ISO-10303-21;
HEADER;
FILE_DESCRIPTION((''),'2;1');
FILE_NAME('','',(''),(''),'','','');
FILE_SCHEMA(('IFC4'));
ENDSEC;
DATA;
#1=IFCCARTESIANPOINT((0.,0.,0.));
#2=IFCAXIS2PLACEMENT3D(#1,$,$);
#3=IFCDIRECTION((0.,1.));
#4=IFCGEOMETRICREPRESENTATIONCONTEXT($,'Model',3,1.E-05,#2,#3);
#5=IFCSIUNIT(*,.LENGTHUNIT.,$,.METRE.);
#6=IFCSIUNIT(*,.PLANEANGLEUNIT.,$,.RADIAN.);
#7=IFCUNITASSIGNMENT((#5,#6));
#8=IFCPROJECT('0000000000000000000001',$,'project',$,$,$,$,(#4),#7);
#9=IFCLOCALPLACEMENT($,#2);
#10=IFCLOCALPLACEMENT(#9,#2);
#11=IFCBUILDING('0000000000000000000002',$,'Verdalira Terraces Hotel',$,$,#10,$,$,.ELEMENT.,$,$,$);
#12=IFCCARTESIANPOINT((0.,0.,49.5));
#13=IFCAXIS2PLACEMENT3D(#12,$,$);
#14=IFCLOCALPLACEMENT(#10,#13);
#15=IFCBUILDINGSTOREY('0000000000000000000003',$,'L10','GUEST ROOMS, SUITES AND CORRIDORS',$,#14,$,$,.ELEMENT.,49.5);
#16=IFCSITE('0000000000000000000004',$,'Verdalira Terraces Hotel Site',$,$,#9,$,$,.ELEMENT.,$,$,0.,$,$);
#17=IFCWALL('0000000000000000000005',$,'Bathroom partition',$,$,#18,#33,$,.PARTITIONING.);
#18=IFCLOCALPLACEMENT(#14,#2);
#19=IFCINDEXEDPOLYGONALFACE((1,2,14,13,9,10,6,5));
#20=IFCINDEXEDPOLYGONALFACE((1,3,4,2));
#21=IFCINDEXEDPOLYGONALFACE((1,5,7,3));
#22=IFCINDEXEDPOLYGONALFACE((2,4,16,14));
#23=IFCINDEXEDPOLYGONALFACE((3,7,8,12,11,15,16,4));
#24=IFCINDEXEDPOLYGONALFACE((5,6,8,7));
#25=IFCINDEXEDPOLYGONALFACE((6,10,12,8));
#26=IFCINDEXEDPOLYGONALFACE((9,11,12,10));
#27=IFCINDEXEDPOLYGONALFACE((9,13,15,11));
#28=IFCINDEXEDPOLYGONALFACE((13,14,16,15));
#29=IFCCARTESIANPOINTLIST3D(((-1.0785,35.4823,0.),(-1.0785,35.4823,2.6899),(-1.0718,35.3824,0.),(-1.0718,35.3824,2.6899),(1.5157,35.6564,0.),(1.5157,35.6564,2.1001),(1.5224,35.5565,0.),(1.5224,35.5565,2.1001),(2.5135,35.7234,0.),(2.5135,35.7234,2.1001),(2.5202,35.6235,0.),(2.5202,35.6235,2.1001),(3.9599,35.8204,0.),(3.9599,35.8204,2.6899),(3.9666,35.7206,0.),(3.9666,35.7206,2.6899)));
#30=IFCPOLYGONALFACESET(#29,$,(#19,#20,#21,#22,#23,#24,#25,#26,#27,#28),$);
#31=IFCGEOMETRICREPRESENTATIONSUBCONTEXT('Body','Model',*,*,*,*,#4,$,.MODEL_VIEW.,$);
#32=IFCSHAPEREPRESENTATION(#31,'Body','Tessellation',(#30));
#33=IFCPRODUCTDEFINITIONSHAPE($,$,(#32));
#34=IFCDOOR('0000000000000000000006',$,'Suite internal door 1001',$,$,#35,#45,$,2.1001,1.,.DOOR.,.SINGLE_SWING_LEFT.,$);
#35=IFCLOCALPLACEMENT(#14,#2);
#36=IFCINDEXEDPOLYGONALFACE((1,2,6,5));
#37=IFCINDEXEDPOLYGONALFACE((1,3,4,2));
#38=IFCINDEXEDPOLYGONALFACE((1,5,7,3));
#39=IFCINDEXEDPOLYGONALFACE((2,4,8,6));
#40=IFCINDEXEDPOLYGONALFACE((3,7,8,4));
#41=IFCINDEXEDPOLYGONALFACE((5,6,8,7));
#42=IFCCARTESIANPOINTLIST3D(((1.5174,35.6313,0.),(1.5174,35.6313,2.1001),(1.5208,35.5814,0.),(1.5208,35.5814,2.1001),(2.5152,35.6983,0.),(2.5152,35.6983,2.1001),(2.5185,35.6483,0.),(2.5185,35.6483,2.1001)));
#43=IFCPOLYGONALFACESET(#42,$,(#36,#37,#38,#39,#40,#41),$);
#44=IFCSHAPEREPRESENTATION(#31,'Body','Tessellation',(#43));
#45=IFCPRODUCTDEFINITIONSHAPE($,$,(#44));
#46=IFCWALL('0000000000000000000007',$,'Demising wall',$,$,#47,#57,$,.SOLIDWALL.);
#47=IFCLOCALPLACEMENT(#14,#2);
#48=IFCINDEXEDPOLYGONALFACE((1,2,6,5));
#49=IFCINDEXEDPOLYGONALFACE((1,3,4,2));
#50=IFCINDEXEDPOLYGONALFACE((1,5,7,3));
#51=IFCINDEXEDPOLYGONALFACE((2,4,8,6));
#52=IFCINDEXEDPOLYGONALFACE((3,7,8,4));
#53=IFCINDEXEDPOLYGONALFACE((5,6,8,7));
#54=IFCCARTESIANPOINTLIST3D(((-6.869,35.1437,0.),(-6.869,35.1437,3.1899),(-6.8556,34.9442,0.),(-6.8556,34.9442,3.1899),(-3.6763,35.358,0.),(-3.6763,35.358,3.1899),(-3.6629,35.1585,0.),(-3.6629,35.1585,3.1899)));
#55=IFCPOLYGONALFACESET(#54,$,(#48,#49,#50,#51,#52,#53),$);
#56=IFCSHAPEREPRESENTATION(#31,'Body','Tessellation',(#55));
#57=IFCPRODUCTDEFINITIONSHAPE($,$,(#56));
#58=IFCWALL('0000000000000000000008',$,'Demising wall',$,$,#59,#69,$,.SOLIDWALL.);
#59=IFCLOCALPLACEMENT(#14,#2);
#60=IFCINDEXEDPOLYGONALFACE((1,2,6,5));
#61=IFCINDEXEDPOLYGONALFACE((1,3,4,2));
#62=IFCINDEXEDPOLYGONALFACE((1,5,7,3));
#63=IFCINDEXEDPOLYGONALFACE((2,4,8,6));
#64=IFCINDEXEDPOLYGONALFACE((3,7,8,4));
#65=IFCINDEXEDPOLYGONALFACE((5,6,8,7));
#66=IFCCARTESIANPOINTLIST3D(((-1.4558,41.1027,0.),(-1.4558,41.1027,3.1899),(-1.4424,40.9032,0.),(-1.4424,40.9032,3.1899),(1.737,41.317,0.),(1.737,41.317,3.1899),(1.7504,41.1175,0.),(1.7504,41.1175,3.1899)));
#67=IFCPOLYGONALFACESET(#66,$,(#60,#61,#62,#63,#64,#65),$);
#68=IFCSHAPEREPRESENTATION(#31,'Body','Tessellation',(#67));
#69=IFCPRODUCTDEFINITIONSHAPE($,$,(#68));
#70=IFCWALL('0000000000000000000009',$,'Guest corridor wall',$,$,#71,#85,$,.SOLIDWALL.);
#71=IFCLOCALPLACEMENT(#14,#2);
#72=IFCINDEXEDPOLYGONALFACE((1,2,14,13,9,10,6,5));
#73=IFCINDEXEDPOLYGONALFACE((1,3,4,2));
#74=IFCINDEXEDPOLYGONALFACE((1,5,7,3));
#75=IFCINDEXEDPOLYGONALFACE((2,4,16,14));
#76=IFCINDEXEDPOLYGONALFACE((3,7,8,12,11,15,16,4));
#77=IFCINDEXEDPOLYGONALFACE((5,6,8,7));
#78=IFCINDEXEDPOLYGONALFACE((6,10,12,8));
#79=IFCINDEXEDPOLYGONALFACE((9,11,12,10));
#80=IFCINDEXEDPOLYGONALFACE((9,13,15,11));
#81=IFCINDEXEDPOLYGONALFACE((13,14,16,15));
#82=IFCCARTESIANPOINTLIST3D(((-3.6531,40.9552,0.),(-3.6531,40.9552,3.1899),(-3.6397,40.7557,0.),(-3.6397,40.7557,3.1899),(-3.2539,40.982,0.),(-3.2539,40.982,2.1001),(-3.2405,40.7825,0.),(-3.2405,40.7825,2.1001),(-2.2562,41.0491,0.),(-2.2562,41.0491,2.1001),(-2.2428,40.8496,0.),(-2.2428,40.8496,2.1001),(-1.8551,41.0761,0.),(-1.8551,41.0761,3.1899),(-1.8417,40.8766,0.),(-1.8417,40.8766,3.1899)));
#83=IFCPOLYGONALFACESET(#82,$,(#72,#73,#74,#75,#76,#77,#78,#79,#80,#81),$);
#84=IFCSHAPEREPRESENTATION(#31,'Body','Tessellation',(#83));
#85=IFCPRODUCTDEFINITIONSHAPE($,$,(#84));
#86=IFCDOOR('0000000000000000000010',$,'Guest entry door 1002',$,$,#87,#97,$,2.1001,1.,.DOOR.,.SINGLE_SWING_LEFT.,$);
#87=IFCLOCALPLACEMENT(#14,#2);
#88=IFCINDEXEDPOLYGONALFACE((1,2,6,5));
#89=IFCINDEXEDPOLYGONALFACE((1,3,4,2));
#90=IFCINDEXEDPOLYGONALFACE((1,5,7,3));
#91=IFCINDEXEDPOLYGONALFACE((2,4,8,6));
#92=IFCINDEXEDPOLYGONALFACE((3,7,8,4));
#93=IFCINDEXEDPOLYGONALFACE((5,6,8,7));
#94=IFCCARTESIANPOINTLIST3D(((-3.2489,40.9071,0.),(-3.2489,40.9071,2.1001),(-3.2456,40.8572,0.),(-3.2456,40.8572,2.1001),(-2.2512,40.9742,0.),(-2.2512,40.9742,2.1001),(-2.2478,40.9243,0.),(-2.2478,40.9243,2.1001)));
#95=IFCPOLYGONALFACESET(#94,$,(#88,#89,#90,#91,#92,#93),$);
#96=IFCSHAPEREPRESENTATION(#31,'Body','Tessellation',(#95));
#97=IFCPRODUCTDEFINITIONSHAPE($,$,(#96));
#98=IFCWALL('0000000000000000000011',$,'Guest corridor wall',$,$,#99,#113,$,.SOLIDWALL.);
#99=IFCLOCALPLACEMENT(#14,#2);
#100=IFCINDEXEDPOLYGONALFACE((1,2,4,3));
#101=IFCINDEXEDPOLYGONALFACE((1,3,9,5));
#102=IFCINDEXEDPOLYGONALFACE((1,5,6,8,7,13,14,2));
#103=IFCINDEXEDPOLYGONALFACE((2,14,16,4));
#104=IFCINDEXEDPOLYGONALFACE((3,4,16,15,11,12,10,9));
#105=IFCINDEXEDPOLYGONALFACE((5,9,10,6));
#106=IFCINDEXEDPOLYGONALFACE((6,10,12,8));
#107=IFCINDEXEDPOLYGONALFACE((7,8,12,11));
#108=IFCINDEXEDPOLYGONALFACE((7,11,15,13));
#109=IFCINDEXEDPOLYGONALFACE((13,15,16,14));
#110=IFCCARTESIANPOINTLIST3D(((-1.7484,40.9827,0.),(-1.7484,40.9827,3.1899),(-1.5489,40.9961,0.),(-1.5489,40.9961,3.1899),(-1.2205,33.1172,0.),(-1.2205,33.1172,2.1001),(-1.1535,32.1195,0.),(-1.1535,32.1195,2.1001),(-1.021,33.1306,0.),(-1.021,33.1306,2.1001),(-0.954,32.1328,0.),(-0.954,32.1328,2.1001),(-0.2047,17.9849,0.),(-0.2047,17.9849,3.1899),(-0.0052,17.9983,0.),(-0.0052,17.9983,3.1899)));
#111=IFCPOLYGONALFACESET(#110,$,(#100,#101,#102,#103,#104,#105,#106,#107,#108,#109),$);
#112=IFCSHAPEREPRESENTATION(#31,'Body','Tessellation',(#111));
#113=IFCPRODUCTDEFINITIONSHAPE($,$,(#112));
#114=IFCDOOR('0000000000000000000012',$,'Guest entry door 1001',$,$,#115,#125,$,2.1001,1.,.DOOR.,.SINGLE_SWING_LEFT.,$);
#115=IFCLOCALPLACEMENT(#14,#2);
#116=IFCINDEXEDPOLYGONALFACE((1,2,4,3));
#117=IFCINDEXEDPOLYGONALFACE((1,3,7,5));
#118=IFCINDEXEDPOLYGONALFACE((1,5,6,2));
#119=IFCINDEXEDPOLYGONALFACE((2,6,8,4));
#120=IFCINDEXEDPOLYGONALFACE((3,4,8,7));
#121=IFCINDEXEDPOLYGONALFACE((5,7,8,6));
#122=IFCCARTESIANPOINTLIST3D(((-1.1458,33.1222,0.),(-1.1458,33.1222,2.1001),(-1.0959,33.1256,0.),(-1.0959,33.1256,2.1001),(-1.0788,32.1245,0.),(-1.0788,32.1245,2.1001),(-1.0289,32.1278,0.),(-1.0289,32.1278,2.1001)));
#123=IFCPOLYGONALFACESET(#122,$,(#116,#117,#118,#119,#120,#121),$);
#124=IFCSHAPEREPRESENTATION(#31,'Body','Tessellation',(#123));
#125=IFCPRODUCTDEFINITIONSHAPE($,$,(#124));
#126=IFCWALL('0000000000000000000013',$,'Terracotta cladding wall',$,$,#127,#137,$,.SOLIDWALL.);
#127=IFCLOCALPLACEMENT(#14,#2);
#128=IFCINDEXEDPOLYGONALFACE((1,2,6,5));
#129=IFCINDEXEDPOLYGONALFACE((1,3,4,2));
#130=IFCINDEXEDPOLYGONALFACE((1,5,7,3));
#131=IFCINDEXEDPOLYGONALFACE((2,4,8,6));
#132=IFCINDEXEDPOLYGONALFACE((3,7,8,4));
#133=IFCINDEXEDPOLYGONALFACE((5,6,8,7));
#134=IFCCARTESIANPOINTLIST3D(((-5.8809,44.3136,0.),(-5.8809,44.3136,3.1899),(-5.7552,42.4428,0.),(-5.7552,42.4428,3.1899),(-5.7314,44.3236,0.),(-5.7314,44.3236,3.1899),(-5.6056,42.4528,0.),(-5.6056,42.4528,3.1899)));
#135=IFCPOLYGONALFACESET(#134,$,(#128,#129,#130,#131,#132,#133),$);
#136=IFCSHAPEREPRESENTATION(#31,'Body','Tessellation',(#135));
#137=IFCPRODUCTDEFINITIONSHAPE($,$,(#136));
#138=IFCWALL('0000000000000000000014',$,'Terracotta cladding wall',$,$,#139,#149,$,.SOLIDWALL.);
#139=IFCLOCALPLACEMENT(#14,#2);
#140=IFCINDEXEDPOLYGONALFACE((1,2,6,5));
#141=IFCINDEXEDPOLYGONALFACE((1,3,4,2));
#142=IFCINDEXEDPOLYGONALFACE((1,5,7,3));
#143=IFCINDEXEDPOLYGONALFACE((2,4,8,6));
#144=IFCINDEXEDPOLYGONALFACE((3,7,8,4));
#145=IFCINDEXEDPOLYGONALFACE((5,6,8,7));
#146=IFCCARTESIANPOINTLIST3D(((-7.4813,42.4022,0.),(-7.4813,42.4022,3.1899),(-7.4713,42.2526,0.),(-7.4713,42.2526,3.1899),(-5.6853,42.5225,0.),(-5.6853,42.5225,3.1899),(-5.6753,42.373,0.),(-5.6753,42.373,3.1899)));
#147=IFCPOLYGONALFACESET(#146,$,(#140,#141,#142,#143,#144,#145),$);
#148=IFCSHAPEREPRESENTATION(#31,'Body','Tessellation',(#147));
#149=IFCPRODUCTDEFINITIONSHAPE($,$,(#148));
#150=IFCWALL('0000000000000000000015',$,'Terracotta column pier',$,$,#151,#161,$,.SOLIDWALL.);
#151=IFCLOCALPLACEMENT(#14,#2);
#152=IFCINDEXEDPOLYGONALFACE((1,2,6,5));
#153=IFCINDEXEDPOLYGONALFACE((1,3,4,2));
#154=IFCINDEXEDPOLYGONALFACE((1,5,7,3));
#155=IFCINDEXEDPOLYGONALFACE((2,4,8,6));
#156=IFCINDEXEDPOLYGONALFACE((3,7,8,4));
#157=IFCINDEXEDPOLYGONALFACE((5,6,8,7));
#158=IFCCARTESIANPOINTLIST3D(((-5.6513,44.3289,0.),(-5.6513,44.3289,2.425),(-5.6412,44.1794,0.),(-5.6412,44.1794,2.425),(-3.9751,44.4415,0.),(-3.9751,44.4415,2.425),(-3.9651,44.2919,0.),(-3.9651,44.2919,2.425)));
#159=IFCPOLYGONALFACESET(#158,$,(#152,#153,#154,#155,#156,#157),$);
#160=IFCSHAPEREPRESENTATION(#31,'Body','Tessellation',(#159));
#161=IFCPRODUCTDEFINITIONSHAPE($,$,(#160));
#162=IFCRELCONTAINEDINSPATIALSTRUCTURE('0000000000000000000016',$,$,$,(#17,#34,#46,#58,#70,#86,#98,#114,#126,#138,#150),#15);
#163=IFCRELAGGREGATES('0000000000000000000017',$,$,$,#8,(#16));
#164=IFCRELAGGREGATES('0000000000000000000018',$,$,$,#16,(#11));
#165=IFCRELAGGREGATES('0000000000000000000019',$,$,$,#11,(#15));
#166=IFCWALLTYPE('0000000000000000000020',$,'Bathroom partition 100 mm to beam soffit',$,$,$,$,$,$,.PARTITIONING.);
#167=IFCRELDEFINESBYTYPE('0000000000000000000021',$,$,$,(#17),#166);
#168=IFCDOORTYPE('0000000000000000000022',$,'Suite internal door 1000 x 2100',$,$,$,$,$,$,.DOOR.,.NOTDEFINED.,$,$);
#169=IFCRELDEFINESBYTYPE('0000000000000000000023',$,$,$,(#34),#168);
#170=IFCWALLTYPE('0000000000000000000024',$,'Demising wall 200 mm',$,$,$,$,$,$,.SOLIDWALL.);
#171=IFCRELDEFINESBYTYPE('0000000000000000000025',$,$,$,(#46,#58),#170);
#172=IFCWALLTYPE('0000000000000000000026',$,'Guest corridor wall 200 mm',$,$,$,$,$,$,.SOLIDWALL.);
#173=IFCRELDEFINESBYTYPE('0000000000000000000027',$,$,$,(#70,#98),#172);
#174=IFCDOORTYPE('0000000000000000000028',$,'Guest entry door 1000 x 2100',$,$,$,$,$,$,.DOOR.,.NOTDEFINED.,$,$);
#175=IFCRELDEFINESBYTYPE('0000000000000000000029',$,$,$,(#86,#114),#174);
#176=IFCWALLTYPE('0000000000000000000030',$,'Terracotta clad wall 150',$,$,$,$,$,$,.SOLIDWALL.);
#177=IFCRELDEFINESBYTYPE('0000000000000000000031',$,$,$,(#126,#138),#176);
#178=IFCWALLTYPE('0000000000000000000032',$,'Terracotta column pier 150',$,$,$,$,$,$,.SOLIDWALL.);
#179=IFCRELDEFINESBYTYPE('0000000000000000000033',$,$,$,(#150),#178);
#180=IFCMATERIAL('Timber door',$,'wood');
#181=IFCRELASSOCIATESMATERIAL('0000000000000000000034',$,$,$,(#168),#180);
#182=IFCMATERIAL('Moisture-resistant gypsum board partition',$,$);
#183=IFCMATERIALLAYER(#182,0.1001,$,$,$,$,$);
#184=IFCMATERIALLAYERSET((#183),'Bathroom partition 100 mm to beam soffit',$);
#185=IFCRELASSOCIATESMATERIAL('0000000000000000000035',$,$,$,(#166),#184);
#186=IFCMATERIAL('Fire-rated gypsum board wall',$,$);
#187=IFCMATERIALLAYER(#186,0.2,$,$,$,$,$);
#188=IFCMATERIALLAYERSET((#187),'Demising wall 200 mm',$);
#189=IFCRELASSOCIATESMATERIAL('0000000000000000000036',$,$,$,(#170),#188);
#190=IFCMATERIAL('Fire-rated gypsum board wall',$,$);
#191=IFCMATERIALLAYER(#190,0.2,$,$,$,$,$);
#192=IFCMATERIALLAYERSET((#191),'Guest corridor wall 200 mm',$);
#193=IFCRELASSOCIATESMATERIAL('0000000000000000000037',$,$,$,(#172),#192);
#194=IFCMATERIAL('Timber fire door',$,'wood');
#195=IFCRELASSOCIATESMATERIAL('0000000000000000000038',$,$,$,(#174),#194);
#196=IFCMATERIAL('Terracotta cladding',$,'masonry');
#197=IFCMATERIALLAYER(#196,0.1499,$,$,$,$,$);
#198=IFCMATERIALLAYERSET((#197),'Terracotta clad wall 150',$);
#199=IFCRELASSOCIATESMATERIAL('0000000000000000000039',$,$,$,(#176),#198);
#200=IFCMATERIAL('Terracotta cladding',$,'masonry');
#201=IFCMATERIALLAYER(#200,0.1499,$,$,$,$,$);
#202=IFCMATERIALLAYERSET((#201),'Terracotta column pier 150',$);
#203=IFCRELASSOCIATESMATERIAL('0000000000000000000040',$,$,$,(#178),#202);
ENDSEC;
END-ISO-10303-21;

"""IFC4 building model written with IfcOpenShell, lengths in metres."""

from ifc_helpers import new_model, si_unit, direction, frame, frame_2d, origin, place, context, subcontext, project, spatial, rectangle, extrude, material, layer, layer_set, type_object, element, fill, save


model = new_model("IFC4")

# Units and contexts
model_context = context("Model", 3, precision=1e-05, world=origin(), true_north=direction((0.0, 1.0)))
body_context = subcontext(model_context, "Body", "Model", "MODEL_VIEW")
ifc_project = project(units=[si_unit("LENGTHUNIT", "METRE"), si_unit("PLANEANGLEUNIT", "RADIAN")], contexts=[model_context])

# Site, building, storey
site_placement = place(None, origin())
site = spatial("IfcSite", under=ifc_project, at=site_placement, Name="Verdalira Terraces Hotel Site", CompositionType="ELEMENT", RefElevation=0.0)
building_placement = place(site_placement, origin())
building = spatial("IfcBuilding", under=site, at=building_placement, Name="Verdalira Terraces Hotel", CompositionType="ELEMENT")
storey_placement = place(building_placement, frame((0.0, 0.0, 49.5)))
storey = spatial("IfcBuildingStorey", under=building, at=storey_placement, Name="L10", Description="GUEST ROOMS, SUITES AND CORRIDORS", CompositionType="ELEMENT", Elevation=49.5)

# Wall, opening, door
ifc_material_1 = material(Name="Timber door", Category="wood")
door_type_1 = type_object("IfcDoorType", Name="Suite internal door 1000 x 2100", OperationType="NOTDEFINED", PredefinedType="DOOR", material=ifc_material_1)
ifc_material_2 = material(Name="Moisture-resistant gypsum board partition")
ifc_layer_1 = layer(ifc_material_2, 0.1001)
ifc_layer_set_1 = layer_set([ifc_layer_1], Name="Bathroom partition 100 mm to beam soffit")
wall_type_1 = type_object("IfcWallType", Name="Bathroom partition 100 mm to beam soffit", PredefinedType="PARTITIONING", material=ifc_layer_set_1)
wall_1_placement = place(storey_placement, frame((-1.0752, 35.4324, 0.0), z_axis=(0.0, 0.0, 1.0), x_axis=(0.997756, 0.066959, 0.0)))
wall_1 = element("IfcWall", 1, at=wall_1_placement, inside=storey, type_object=wall_type_1, Name="Bathroom partition", PredefinedType="PARTITIONING", context=body_context, shape_type="SweptSolid", body=[
    extrude(rectangle(XDim=5.0498, YDim=0.1001, at=frame_2d((2.5249, 0.0))), origin(), (0.0, 0.0, 1.0), 2.6899),
])
opening_1_placement = place(wall_1_placement, frame((2.6001, 0.0, 0.0)))
opening_1 = element("IfcOpeningElement", 2, at=opening_1_placement, cuts=wall_1, PredefinedType="OPENING", context=body_context, shape_type="SweptSolid", body=[
    extrude(rectangle(XDim=1.0, YDim=2.1001, at=frame_2d((0.5, 1.05))), frame((0.0, 0.0601, 0.0), z_axis=(0.0, -1.0, 0.0), x_axis=(1.0, 0.0, 0.0)), (0.0, 0.0, 1.0), 0.1201),
])
door_1_placement = place(opening_1_placement, origin())
door_1 = element("IfcDoor", 3, at=door_1_placement, inside=storey, type_object=door_type_1, Name="Suite internal door 1001", OperationType="SINGLE_SWING_LEFT", OverallHeight=2.1001, OverallWidth=1.0, PredefinedType="DOOR", context=body_context, shape_type="SweptSolid", body=[
    extrude(rectangle(XDim=1.0, YDim=2.1001, at=frame_2d((0.5, 1.05))), frame((0.0, 0.0249, 0.0), z_axis=(0.0, -1.0, 0.0), x_axis=(1.0, 0.0, 0.0)), (0.0, 0.0, 1.0), 0.05),
])
fill(opening_1, door_1)

# Walls
ifc_material_3 = material(Name="Fire-rated gypsum board wall")
ifc_layer_2 = layer(ifc_material_3, 0.2)
ifc_layer_set_2 = layer_set([ifc_layer_2], Name="Demising wall 200 mm")
wall_type_2 = type_object("IfcWallType", Name="Demising wall 200 mm", PredefinedType="SOLIDWALL", material=ifc_layer_set_2)
for number, where, z_axis, x_axis, name in (
    (4, (-3.6694, 35.2583, 0.0), (0.0, 0.0, 1.0), (-0.997754, -0.066985, 0.0), "Demising wall"),
    (5, (-1.4492, 41.0029, 0.0), (0.0, 0.0, 1.0), (0.997754, 0.066985, 0.0), "Demising wall"),
):
    element("IfcWall", number, at=place(storey_placement, frame(where, z_axis=z_axis, x_axis=x_axis)), inside=storey, type_object=wall_type_2, Name=name, PredefinedType="SOLIDWALL", context=body_context, shape_type="SweptSolid", body=[
        extrude(rectangle(XDim=3.2, YDim=0.2, at=frame_2d((1.6001, 0.0))), origin(), (0.0, 0.0, 1.0), 3.1899),
    ])

# Walls, openings, doors
ifc_material_4 = material(Name="Fire-rated gypsum board wall")
ifc_layer_3 = layer(ifc_material_4, 0.2)
ifc_layer_set_3 = layer_set([ifc_layer_3], Name="Guest corridor wall 200 mm")
wall_type_3 = type_object("IfcWallType", Name="Guest corridor wall 200 mm", PredefinedType="SOLIDWALL", material=ifc_layer_set_3)
wall_2_placement = place(storey_placement, frame((-3.6462, 40.8555, 0.0), z_axis=(0.0, 0.0, 1.0), x_axis=(0.997748, 0.067068, 0.0)))
wall_2 = element("IfcWall", 6, at=wall_2_placement, inside=storey, type_object=wall_type_3, Name="Guest corridor wall", PredefinedType="SOLIDWALL", context=body_context, shape_type="SweptSolid", body=[
    extrude(rectangle(XDim=1.802, YDim=0.2, at=frame_2d((0.9009, 0.0))), origin(), (0.0, 0.0, 1.0), 3.1899),
])
opening_2_placement = place(wall_2_placement, frame((0.3999, 0.0, 0.0)))
opening_2 = element("IfcOpeningElement", 7, at=opening_2_placement, cuts=wall_2, PredefinedType="OPENING", context=body_context, shape_type="SweptSolid", body=[
    extrude(rectangle(XDim=1.0, YDim=2.1001, at=frame_2d((0.5, 1.05))), frame((0.0, 0.1099, 0.0), z_axis=(0.0, -1.0, 0.0), x_axis=(1.0, 0.0, 0.0)), (0.0, 0.0, 1.0), 0.22),
])
ifc_material_5 = material(Name="Timber fire door", Category="wood")
door_type_2 = type_object("IfcDoorType", Name="Guest entry door 1000 x 2100", OperationType="NOTDEFINED", PredefinedType="DOOR", material=ifc_material_5)
door_2_placement = place(opening_2_placement, origin())
door_2 = element("IfcDoor", 8, at=door_2_placement, inside=storey, type_object=door_type_2, Name="Guest entry door 1002", OperationType="SINGLE_SWING_LEFT", OverallHeight=2.1001, OverallWidth=1.0, PredefinedType="DOOR", context=body_context, shape_type="SweptSolid", body=[
    extrude(rectangle(XDim=1.0, YDim=2.1001, at=frame_2d((0.5, 1.05))), frame((0.0, 0.0249, 0.0), z_axis=(0.0, -1.0, 0.0), x_axis=(1.0, 0.0, 0.0)), (0.0, 0.0, 1.0), 0.05),
])
fill(opening_2, door_2)
wall_3_placement = place(storey_placement, frame((-1.6487, 40.9895, 0.0), z_axis=(0.0, 0.0, 1.0), x_axis=(0.066973, -0.997755, 0.0)))
wall_3 = element("IfcWall", 9, at=wall_3_placement, inside=storey, type_object=wall_type_3, Name="Guest corridor wall", PredefinedType="SOLIDWALL", context=body_context, shape_type="SweptSolid", body=[
    extrude(rectangle(XDim=23.0496, YDim=0.2, at=frame_2d((11.5249, 0.0))), origin(), (0.0, 0.0, 1.0), 3.1899),
])
opening_3_placement = place(wall_3_placement, frame((7.8833, 0.0, 0.0)))
opening_3 = element("IfcOpeningElement", 10, at=opening_3_placement, cuts=wall_3, PredefinedType="OPENING", context=body_context, shape_type="SweptSolid", body=[
    extrude(rectangle(XDim=1.0, YDim=2.1001, at=frame_2d((0.5, 1.05))), frame((0.0, 0.1099, 0.0), z_axis=(0.0, -1.0, 0.0), x_axis=(1.0, 0.0, 0.0)), (0.0, 0.0, 1.0), 0.22),
])
door_3_placement = place(opening_3_placement, origin())
door_3 = element("IfcDoor", 11, at=door_3_placement, inside=storey, type_object=door_type_2, Name="Guest entry door 1001", OperationType="SINGLE_SWING_LEFT", OverallHeight=2.1001, OverallWidth=1.0, PredefinedType="DOOR", context=body_context, shape_type="SweptSolid", body=[
    extrude(rectangle(XDim=1.0, YDim=2.1001, at=frame_2d((0.5, 1.05))), frame((0.0, 0.0249, 0.0), z_axis=(0.0, -1.0, 0.0), x_axis=(1.0, 0.0, 0.0)), (0.0, 0.0, 1.0), 0.05),
])
fill(opening_3, door_3)

# Walls
ifc_material_6 = material(Name="Terracotta cladding", Category="masonry")
ifc_layer_4 = layer(ifc_material_6, 0.1499)
ifc_layer_set_4 = layer_set([ifc_layer_4], Name="Terracotta clad wall 150")
wall_type_4 = type_object("IfcWallType", Name="Terracotta clad wall 150", PredefinedType="SOLIDWALL", material=ifc_layer_set_4)
wall_4_placement = place(storey_placement, frame((-5.8062, 44.3186, 0.0), z_axis=(0.0, 0.0, 1.0), x_axis=(0.067055, -0.997749, 0.0)))
element("IfcWall", 12, at=wall_4_placement, inside=storey, type_object=wall_type_4, Name="Terracotta cladding wall", PredefinedType="SOLIDWALL", context=body_context, shape_type="SweptSolid", body=[
    extrude(rectangle(XDim=1.875, YDim=0.1499, at=frame_2d((0.9375, 0.0))), origin(), (0.0, 0.0, 1.0), 3.1899),
])
wall_5_placement = place(storey_placement, frame((-5.6804, 42.4478, 0.0), z_axis=(0.0, 0.0, 1.0), x_axis=(-0.997762, -0.066861, 0.0)))
element("IfcWall", 13, at=wall_5_placement, inside=storey, type_object=wall_type_4, Name="Terracotta cladding wall", PredefinedType="SOLIDWALL", context=body_context, shape_type="SweptSolid", body=[
    extrude(rectangle(XDim=1.8, YDim=0.1499, at=frame_2d((0.8999, 0.0))), origin(), (0.0, 0.0, 1.0), 3.1899),
])
ifc_material_7 = material(Name="Terracotta cladding", Category="masonry")
ifc_layer_5 = layer(ifc_material_7, 0.1499)
ifc_layer_set_5 = layer_set([ifc_layer_5], Name="Terracotta column pier 150")
wall_type_5 = type_object("IfcWallType", Name="Terracotta column pier 150", PredefinedType="SOLIDWALL", material=ifc_layer_set_5)
wall_6_placement = place(storey_placement, frame((-3.9702, 44.3667, 0.0), z_axis=(0.0, 0.0, 1.0), x_axis=(-0.997754, -0.066992, 0.0)))
element("IfcWall", 14, at=wall_6_placement, inside=storey, type_object=wall_type_5, Name="Terracotta column pier", PredefinedType="SOLIDWALL", context=body_context, shape_type="SweptSolid", body=[
    extrude(rectangle(XDim=1.6799, YDim=0.1499, at=frame_2d((0.8398, 0.0))), origin(), (0.0, 0.0, 1.0), 2.425),
])

save(model, "model.ifc")
